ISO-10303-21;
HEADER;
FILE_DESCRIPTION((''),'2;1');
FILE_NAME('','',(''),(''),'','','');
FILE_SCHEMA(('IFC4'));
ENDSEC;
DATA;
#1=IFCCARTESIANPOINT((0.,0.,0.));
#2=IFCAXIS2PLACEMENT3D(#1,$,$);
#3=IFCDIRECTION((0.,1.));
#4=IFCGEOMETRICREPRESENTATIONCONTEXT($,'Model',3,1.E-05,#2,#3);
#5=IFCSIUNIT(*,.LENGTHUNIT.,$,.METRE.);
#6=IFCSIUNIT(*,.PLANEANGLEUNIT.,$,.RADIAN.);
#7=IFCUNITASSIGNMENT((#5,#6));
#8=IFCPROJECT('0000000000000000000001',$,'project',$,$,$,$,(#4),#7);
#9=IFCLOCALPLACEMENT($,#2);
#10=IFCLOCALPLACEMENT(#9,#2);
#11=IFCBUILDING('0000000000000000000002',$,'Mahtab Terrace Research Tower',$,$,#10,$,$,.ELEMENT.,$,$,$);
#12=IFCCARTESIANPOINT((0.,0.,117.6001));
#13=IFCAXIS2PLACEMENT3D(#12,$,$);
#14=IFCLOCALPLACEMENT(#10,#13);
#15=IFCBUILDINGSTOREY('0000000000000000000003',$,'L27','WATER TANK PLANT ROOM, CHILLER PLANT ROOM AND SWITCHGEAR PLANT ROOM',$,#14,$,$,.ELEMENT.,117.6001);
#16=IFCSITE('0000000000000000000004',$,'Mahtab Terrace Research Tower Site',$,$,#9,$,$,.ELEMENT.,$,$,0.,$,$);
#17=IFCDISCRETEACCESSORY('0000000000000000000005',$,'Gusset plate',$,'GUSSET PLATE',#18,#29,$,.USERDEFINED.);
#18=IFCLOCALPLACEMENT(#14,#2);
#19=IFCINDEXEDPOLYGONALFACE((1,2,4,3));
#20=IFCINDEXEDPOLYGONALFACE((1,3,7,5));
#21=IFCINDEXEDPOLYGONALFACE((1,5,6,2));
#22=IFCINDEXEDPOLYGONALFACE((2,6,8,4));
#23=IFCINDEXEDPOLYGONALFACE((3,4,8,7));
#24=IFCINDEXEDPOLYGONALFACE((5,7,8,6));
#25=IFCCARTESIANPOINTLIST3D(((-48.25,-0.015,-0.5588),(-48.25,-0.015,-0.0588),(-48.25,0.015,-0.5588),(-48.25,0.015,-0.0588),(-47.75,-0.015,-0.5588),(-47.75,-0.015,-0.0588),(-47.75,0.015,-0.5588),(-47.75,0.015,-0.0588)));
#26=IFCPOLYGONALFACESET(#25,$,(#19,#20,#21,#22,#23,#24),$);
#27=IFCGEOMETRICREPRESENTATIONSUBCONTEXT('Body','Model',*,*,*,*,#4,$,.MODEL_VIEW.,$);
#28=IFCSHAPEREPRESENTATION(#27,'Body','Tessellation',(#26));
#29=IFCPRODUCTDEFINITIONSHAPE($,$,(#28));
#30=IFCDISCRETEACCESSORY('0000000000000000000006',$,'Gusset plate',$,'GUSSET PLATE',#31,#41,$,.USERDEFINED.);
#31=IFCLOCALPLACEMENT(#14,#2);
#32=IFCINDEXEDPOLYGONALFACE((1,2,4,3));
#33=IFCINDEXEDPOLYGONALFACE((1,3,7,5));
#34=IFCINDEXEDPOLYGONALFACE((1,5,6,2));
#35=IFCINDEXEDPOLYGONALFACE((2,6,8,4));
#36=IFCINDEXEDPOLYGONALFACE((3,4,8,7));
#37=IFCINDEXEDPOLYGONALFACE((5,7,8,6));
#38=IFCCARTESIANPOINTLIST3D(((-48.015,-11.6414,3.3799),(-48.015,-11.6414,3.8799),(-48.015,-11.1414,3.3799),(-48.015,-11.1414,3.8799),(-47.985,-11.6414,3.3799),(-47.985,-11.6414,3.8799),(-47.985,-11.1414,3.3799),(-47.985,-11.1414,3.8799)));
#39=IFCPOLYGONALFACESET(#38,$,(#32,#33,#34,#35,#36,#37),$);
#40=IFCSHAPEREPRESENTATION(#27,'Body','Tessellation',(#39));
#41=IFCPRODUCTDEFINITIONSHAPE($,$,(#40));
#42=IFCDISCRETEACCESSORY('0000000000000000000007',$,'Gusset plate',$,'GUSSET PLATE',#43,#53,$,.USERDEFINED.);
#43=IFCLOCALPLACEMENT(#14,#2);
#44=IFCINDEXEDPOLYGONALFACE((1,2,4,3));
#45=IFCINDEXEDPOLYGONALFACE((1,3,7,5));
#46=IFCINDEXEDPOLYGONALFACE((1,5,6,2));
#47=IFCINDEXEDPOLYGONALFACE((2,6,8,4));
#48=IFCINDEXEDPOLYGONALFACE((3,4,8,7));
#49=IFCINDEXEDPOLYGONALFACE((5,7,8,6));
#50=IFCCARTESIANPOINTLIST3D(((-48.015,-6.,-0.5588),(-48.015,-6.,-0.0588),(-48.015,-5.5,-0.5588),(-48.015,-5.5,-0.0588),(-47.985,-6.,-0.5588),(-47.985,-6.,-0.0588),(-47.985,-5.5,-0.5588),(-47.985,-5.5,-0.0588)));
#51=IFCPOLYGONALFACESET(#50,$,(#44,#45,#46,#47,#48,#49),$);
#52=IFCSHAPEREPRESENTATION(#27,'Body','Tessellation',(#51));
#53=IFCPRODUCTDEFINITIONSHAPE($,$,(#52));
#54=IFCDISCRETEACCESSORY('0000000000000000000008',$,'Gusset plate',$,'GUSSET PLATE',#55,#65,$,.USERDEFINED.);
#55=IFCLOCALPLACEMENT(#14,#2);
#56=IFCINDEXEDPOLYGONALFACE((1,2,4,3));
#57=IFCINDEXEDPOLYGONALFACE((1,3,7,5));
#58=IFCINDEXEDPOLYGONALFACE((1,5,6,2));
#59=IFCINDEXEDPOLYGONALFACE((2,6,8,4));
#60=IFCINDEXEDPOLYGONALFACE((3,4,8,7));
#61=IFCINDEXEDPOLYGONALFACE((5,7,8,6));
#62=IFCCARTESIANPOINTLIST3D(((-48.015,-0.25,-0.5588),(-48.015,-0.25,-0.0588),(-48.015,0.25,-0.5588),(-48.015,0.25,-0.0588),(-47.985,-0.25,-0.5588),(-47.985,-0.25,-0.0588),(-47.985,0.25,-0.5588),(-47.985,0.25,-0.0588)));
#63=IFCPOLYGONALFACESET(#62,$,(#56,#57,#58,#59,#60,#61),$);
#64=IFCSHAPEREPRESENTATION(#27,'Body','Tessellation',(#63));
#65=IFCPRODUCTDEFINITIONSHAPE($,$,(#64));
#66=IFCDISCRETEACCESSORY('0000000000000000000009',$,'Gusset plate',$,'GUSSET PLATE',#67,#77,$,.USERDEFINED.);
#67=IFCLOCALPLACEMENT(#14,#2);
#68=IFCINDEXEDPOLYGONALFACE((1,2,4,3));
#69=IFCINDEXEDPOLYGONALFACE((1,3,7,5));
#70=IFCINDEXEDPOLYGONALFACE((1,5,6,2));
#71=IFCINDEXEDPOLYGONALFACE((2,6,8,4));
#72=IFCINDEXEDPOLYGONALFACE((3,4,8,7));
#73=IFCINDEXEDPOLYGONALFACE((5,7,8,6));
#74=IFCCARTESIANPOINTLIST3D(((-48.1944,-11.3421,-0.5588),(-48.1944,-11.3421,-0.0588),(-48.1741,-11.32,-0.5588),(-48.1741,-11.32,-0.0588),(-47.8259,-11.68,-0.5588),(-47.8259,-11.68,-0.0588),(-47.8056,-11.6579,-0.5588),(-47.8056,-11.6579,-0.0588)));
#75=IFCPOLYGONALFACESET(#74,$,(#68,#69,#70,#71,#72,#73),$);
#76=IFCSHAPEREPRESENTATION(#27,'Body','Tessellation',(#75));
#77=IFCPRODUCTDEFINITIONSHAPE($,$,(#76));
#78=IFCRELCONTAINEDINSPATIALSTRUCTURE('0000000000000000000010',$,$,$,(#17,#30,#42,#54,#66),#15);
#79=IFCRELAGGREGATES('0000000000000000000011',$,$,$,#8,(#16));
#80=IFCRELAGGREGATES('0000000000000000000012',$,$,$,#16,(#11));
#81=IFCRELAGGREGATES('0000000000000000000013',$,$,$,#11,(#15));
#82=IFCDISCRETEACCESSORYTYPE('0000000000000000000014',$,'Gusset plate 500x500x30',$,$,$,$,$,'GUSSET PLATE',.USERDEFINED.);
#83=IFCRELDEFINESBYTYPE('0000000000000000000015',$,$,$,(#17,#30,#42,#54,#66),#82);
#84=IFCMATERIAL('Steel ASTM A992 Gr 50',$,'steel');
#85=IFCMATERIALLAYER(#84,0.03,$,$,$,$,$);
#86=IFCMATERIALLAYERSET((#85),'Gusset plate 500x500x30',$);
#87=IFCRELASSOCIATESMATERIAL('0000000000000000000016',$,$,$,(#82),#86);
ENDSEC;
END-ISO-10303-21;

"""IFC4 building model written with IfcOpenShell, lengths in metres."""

from ifc_helpers import new_model, si_unit, direction, frame, origin, origin_2d, place, context, subcontext, project, spatial, rectangle, extrude, material, layer, layer_set, type_object, element, save


model = new_model("IFC4")

# Units and contexts
model_context = context("Model", 3, precision=1e-05, world=origin(), true_north=direction((0.0, 1.0)))
body_context = subcontext(model_context, "Body", "Model", "MODEL_VIEW")
ifc_project = project(units=[si_unit("LENGTHUNIT", "METRE"), si_unit("PLANEANGLEUNIT", "RADIAN")], contexts=[model_context])

# Site, building, storey
site_placement = place(None, origin())
site = spatial("IfcSite", under=ifc_project, at=site_placement, Name="Mahtab Terrace Research Tower Site", CompositionType="ELEMENT", RefElevation=0.0)
building_placement = place(site_placement, origin())
building = spatial("IfcBuilding", under=site, at=building_placement, Name="Mahtab Terrace Research Tower", CompositionType="ELEMENT")
storey_placement = place(building_placement, frame((0.0, 0.0, 117.6001)))
storey = spatial("IfcBuildingStorey", under=building, at=storey_placement, Name="L27", Description="WATER TANK PLANT ROOM, CHILLER PLANT ROOM AND SWITCHGEAR PLANT ROOM", CompositionType="ELEMENT", Elevation=117.6001)

# Shared definitions
ifc_material_1 = material(Name="Steel ASTM A992 Gr 50", Category="steel")

# Discrete accessories
ifc_layer_1 = layer(ifc_material_1, 0.03)
ifc_layer_set_1 = layer_set([ifc_layer_1], Name="Gusset plate 500x500x30")
discrete_accessory_type_1 = type_object("IfcDiscreteAccessoryType", Name="Gusset plate 500x500x30", ElementType="GUSSET PLATE", PredefinedType="USERDEFINED", material=ifc_layer_set_1)
for number, where, z_axis, x_axis, name in (
    (1, (-48.0, 0.0, -0.5588), (0.0, 0.0, 1.0), (1.0, 0.0, 0.0), "Gusset plate"),
    (2, (-48.0, -11.3914, 3.3799), (0.0, 0.0, 1.0), (0.0, 1.0, 0.0), "Gusset plate"),
    (3, (-48.0, -5.75, -0.5588), (0.0, 0.0, 1.0), (0.0, 1.0, 0.0), "Gusset plate"),
    (4, (-48.0, 0.0, -0.5588), (0.0, 0.0, 1.0), (0.0, 1.0, 0.0), "Gusset plate"),
    (5, (-48.0, -11.5, -0.5588), (0.0, 0.0, 1.0), (-0.737159, 0.675719, 0.0), "Gusset plate"),
):
    element("IfcDiscreteAccessory", number, at=place(storey_placement, frame(where, z_axis=z_axis, x_axis=x_axis)), inside=storey, type_object=discrete_accessory_type_1, Name=name, ObjectType="GUSSET PLATE", PredefinedType="USERDEFINED", context=body_context, shape_type="SweptSolid", body=[
        extrude(rectangle(XDim=0.5, YDim=0.03, at=origin_2d()), origin(), (0.0, 0.0, 1.0), 0.5),
    ])

save(model, "model.ifc")
